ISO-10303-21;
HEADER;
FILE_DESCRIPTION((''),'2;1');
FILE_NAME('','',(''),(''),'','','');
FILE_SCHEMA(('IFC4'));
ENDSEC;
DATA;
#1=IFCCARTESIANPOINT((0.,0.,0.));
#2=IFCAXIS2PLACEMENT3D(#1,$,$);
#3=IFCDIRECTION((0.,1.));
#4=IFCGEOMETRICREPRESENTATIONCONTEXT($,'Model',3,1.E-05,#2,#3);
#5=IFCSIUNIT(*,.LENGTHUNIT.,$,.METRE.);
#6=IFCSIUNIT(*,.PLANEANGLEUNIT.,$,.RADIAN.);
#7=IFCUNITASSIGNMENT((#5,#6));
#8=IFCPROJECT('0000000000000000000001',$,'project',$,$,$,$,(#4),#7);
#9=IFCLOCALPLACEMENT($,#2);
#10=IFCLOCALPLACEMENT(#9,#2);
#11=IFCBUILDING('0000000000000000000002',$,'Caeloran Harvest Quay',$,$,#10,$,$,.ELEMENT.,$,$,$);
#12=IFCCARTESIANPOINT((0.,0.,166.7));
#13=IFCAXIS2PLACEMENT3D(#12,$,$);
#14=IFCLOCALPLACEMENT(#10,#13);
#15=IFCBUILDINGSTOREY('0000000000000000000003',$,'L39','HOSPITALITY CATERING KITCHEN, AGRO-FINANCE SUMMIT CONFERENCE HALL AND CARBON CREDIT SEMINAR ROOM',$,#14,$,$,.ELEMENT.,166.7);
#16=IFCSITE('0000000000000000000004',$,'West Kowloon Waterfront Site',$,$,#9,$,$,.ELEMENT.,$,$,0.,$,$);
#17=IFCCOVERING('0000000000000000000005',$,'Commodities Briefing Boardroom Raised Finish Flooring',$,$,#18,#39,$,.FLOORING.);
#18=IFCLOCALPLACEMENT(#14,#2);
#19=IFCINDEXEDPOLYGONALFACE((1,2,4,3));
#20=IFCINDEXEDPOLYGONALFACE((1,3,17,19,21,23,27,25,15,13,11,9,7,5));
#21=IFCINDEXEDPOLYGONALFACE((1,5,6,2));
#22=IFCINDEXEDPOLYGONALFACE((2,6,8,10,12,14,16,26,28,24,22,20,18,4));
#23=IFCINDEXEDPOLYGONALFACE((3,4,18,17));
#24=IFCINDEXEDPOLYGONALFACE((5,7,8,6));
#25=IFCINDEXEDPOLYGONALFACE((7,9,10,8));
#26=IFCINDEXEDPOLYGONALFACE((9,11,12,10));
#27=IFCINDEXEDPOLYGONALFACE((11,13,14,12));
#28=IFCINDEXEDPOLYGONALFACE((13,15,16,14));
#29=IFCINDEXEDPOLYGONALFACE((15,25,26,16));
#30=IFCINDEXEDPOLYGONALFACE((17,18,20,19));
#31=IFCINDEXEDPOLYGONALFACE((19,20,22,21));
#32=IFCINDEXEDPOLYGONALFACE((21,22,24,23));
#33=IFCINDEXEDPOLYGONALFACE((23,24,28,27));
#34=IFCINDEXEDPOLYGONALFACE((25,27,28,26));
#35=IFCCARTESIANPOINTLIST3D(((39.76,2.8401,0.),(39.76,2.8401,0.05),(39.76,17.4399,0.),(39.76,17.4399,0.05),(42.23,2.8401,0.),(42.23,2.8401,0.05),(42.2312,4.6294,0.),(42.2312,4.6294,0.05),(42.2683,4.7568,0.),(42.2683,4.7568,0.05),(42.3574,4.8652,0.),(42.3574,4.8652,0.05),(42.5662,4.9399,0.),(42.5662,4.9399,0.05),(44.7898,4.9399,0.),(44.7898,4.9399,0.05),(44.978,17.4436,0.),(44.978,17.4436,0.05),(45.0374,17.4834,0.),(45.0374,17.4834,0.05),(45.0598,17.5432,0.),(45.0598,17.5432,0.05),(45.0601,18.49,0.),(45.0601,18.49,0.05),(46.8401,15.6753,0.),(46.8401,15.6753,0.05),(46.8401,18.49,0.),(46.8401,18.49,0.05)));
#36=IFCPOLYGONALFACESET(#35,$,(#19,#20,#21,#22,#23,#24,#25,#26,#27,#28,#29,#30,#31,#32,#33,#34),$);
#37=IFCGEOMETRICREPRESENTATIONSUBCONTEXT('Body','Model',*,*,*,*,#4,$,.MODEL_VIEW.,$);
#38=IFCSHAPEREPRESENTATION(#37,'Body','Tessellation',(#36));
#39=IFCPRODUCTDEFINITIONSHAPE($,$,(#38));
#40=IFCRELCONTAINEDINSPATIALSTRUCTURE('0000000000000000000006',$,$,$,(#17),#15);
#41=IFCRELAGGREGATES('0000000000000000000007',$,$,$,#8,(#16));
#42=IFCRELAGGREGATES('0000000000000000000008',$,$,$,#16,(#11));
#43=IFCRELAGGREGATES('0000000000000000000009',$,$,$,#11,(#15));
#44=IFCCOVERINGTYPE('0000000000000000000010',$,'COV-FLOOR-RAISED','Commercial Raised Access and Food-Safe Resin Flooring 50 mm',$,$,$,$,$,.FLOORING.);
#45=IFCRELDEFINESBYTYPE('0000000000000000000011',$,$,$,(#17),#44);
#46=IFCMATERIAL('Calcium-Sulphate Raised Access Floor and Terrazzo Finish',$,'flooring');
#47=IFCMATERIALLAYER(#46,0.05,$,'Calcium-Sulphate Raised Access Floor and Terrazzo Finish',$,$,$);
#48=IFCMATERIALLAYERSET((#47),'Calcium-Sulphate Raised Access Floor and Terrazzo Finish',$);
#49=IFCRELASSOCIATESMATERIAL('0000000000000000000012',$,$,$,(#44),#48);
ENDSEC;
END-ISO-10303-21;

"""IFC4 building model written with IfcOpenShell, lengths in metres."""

from ifc_helpers import new_model, si_unit, direction, frame, origin, place, context, subcontext, project, spatial, polyline, outline, extrude, material, layer, layer_set, type_object, element, save


model = new_model("IFC4")

# Units and contexts
model_context = context("Model", 3, precision=1e-05, world=origin(), true_north=direction((0.0, 1.0)))
body_context = subcontext(model_context, "Body", "Model", "MODEL_VIEW")
ifc_project = project(units=[si_unit("LENGTHUNIT", "METRE"), si_unit("PLANEANGLEUNIT", "RADIAN")], contexts=[model_context])

# Site, building, storey
site_placement = place(None, origin())
site = spatial("IfcSite", under=ifc_project, at=site_placement, Name="West Kowloon Waterfront Site", CompositionType="ELEMENT", RefElevation=0.0)
building_placement = place(site_placement, origin())
building = spatial("IfcBuilding", under=site, at=building_placement, Name="Caeloran Harvest Quay", CompositionType="ELEMENT")
storey_placement = place(building_placement, frame((0.0, 0.0, 166.7)))
storey = spatial("IfcBuildingStorey", under=building, at=storey_placement, Name="L39", Description="HOSPITALITY CATERING KITCHEN, AGRO-FINANCE SUMMIT CONFERENCE HALL AND CARBON CREDIT SEMINAR ROOM", CompositionType="ELEMENT", Elevation=166.7)

# Covering
ifc_material_1 = material(Name="Calcium-Sulphate Raised Access Floor and Terrazzo Finish", Category="flooring")
ifc_layer_1 = layer(ifc_material_1, 0.05, Name="Calcium-Sulphate Raised Access Floor and Terrazzo Finish")
ifc_layer_set_1 = layer_set([ifc_layer_1], Name="Calcium-Sulphate Raised Access Floor and Terrazzo Finish")
covering_type_1 = type_object("IfcCoveringType", Name="COV-FLOOR-RAISED", Description="Commercial Raised Access and Food-Safe Resin Flooring 50 mm", PredefinedType="FLOORING", material=ifc_layer_set_1)
covering_1_placement = place(storey_placement, origin())
element("IfcCovering", 1, at=covering_1_placement, inside=storey, type_object=covering_type_1, Name="Commodities Briefing Boardroom Raised Finish Flooring", PredefinedType="FLOORING", context=body_context, shape_type="SweptSolid", body=[
    extrude(outline(polyline([(44.978, 17.4436), (45.0374, 17.4834), (45.0598, 17.5432), (45.0601, 18.49), (46.8401, 18.49), (46.8401, 15.6753), (44.7898, 4.9399), (42.5662, 4.9399), (42.3574, 4.8652), (42.2683, 4.7568), (42.2312, 4.6294), (42.23, 2.8401), (39.76, 2.8401), (39.76, 17.4399), (44.978, 17.4436)])), origin(), (0.0, 0.0, 1.0), 0.05),
])

save(model, "model.ifc")
